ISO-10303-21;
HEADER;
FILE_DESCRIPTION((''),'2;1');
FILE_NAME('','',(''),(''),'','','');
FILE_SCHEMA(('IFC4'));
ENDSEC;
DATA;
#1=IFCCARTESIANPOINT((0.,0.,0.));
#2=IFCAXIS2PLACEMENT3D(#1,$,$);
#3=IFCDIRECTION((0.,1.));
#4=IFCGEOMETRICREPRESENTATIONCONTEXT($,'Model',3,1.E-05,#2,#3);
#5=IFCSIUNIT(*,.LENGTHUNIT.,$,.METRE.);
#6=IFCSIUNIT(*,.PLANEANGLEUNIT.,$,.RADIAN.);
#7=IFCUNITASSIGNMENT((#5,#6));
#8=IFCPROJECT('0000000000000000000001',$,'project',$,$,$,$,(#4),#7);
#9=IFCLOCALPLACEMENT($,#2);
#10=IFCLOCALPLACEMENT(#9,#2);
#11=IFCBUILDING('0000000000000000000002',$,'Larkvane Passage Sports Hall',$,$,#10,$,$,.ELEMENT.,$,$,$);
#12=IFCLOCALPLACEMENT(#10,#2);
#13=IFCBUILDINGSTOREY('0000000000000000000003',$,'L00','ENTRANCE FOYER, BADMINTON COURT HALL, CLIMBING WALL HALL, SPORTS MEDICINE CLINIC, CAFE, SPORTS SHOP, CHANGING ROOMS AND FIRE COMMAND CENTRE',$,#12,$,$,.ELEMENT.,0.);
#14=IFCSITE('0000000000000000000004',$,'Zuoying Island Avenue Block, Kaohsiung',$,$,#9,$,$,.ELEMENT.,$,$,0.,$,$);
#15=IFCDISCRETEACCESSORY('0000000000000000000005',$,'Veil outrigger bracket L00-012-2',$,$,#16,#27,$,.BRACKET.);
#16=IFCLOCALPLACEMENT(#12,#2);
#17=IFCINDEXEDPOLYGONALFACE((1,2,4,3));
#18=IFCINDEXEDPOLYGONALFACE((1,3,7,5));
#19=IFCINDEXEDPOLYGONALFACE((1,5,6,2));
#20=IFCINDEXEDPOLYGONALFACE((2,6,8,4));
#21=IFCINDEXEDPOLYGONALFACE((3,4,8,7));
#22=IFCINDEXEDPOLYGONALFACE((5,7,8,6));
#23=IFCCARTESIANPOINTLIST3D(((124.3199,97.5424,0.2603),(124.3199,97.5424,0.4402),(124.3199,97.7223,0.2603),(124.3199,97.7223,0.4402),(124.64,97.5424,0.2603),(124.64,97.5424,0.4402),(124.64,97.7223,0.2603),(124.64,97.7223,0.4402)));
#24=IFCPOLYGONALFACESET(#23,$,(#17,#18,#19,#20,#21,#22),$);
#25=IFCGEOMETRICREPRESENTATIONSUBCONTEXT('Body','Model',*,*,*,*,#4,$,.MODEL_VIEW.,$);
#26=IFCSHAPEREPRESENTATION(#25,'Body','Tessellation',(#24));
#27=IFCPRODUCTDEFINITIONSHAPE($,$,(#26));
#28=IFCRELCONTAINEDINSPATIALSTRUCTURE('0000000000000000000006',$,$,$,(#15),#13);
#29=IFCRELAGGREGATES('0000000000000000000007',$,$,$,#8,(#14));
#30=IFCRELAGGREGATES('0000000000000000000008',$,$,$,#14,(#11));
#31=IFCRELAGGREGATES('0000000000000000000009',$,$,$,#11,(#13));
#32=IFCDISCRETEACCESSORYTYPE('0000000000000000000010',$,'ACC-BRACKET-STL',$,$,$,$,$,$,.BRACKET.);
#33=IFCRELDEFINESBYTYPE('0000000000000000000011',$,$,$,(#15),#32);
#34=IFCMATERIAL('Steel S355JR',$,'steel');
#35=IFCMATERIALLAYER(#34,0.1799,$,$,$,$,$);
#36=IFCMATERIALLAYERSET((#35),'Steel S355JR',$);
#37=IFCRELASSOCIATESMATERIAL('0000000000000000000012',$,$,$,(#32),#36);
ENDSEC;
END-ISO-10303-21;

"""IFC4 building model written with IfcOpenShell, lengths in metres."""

from ifc_helpers import new_model, si_unit, direction, frame, origin, origin_2d, place, context, subcontext, project, spatial, rectangle, extrude, material, layer, layer_set, type_object, element, save


model = new_model("IFC4")

# Units and contexts
model_context = context("Model", 3, precision=1e-05, world=origin(), true_north=direction((0.0, 1.0)))
body_context = subcontext(model_context, "Body", "Model", "MODEL_VIEW")
ifc_project = project(units=[si_unit("LENGTHUNIT", "METRE"), si_unit("PLANEANGLEUNIT", "RADIAN")], contexts=[model_context])

# Site, building, storey
site_placement = place(None, origin())
site = spatial("IfcSite", under=ifc_project, at=site_placement, Name="Zuoying Island Avenue Block, Kaohsiung", CompositionType="ELEMENT", RefElevation=0.0)
building_placement = place(site_placement, origin())
building = spatial("IfcBuilding", under=site, at=building_placement, Name="Larkvane Passage Sports Hall", CompositionType="ELEMENT")
storey_placement = place(building_placement, origin())
storey = spatial("IfcBuildingStorey", under=building, at=storey_placement, Name="L00", Description="ENTRANCE FOYER, BADMINTON COURT HALL, CLIMBING WALL HALL, SPORTS MEDICINE CLINIC, CAFE, SPORTS SHOP, CHANGING ROOMS AND FIRE COMMAND CENTRE", CompositionType="ELEMENT", Elevation=0.0)

# Shared definitions
ifc_material_1 = material(Name="Steel S355JR", Category="steel")

# Discrete accessory
ifc_layer_1 = layer(ifc_material_1, 0.1799)
ifc_layer_set_1 = layer_set([ifc_layer_1], Name="Steel S355JR")
discrete_accessory_type = type_object("IfcDiscreteAccessoryType", Name="ACC-BRACKET-STL", PredefinedType="BRACKET", material=ifc_layer_set_1)
discrete_accessory_placement = place(storey_placement, frame((124.48, 97.6323, 0.2603), z_axis=(0.0, 0.0, 1.0), x_axis=(0.0, 1.0, 0.0)))
element("IfcDiscreteAccessory", 1, at=discrete_accessory_placement, inside=storey, type_object=discrete_accessory_type, Name="Veil outrigger bracket L00-012-2", PredefinedType="BRACKET", context=body_context, shape_type="SweptSolid", body=[
    extrude(rectangle(XDim=0.1799, YDim=0.3201, at=origin_2d()), origin(), (0.0, 0.0, 1.0), 0.1799),
])

save(model, "model.ifc")
